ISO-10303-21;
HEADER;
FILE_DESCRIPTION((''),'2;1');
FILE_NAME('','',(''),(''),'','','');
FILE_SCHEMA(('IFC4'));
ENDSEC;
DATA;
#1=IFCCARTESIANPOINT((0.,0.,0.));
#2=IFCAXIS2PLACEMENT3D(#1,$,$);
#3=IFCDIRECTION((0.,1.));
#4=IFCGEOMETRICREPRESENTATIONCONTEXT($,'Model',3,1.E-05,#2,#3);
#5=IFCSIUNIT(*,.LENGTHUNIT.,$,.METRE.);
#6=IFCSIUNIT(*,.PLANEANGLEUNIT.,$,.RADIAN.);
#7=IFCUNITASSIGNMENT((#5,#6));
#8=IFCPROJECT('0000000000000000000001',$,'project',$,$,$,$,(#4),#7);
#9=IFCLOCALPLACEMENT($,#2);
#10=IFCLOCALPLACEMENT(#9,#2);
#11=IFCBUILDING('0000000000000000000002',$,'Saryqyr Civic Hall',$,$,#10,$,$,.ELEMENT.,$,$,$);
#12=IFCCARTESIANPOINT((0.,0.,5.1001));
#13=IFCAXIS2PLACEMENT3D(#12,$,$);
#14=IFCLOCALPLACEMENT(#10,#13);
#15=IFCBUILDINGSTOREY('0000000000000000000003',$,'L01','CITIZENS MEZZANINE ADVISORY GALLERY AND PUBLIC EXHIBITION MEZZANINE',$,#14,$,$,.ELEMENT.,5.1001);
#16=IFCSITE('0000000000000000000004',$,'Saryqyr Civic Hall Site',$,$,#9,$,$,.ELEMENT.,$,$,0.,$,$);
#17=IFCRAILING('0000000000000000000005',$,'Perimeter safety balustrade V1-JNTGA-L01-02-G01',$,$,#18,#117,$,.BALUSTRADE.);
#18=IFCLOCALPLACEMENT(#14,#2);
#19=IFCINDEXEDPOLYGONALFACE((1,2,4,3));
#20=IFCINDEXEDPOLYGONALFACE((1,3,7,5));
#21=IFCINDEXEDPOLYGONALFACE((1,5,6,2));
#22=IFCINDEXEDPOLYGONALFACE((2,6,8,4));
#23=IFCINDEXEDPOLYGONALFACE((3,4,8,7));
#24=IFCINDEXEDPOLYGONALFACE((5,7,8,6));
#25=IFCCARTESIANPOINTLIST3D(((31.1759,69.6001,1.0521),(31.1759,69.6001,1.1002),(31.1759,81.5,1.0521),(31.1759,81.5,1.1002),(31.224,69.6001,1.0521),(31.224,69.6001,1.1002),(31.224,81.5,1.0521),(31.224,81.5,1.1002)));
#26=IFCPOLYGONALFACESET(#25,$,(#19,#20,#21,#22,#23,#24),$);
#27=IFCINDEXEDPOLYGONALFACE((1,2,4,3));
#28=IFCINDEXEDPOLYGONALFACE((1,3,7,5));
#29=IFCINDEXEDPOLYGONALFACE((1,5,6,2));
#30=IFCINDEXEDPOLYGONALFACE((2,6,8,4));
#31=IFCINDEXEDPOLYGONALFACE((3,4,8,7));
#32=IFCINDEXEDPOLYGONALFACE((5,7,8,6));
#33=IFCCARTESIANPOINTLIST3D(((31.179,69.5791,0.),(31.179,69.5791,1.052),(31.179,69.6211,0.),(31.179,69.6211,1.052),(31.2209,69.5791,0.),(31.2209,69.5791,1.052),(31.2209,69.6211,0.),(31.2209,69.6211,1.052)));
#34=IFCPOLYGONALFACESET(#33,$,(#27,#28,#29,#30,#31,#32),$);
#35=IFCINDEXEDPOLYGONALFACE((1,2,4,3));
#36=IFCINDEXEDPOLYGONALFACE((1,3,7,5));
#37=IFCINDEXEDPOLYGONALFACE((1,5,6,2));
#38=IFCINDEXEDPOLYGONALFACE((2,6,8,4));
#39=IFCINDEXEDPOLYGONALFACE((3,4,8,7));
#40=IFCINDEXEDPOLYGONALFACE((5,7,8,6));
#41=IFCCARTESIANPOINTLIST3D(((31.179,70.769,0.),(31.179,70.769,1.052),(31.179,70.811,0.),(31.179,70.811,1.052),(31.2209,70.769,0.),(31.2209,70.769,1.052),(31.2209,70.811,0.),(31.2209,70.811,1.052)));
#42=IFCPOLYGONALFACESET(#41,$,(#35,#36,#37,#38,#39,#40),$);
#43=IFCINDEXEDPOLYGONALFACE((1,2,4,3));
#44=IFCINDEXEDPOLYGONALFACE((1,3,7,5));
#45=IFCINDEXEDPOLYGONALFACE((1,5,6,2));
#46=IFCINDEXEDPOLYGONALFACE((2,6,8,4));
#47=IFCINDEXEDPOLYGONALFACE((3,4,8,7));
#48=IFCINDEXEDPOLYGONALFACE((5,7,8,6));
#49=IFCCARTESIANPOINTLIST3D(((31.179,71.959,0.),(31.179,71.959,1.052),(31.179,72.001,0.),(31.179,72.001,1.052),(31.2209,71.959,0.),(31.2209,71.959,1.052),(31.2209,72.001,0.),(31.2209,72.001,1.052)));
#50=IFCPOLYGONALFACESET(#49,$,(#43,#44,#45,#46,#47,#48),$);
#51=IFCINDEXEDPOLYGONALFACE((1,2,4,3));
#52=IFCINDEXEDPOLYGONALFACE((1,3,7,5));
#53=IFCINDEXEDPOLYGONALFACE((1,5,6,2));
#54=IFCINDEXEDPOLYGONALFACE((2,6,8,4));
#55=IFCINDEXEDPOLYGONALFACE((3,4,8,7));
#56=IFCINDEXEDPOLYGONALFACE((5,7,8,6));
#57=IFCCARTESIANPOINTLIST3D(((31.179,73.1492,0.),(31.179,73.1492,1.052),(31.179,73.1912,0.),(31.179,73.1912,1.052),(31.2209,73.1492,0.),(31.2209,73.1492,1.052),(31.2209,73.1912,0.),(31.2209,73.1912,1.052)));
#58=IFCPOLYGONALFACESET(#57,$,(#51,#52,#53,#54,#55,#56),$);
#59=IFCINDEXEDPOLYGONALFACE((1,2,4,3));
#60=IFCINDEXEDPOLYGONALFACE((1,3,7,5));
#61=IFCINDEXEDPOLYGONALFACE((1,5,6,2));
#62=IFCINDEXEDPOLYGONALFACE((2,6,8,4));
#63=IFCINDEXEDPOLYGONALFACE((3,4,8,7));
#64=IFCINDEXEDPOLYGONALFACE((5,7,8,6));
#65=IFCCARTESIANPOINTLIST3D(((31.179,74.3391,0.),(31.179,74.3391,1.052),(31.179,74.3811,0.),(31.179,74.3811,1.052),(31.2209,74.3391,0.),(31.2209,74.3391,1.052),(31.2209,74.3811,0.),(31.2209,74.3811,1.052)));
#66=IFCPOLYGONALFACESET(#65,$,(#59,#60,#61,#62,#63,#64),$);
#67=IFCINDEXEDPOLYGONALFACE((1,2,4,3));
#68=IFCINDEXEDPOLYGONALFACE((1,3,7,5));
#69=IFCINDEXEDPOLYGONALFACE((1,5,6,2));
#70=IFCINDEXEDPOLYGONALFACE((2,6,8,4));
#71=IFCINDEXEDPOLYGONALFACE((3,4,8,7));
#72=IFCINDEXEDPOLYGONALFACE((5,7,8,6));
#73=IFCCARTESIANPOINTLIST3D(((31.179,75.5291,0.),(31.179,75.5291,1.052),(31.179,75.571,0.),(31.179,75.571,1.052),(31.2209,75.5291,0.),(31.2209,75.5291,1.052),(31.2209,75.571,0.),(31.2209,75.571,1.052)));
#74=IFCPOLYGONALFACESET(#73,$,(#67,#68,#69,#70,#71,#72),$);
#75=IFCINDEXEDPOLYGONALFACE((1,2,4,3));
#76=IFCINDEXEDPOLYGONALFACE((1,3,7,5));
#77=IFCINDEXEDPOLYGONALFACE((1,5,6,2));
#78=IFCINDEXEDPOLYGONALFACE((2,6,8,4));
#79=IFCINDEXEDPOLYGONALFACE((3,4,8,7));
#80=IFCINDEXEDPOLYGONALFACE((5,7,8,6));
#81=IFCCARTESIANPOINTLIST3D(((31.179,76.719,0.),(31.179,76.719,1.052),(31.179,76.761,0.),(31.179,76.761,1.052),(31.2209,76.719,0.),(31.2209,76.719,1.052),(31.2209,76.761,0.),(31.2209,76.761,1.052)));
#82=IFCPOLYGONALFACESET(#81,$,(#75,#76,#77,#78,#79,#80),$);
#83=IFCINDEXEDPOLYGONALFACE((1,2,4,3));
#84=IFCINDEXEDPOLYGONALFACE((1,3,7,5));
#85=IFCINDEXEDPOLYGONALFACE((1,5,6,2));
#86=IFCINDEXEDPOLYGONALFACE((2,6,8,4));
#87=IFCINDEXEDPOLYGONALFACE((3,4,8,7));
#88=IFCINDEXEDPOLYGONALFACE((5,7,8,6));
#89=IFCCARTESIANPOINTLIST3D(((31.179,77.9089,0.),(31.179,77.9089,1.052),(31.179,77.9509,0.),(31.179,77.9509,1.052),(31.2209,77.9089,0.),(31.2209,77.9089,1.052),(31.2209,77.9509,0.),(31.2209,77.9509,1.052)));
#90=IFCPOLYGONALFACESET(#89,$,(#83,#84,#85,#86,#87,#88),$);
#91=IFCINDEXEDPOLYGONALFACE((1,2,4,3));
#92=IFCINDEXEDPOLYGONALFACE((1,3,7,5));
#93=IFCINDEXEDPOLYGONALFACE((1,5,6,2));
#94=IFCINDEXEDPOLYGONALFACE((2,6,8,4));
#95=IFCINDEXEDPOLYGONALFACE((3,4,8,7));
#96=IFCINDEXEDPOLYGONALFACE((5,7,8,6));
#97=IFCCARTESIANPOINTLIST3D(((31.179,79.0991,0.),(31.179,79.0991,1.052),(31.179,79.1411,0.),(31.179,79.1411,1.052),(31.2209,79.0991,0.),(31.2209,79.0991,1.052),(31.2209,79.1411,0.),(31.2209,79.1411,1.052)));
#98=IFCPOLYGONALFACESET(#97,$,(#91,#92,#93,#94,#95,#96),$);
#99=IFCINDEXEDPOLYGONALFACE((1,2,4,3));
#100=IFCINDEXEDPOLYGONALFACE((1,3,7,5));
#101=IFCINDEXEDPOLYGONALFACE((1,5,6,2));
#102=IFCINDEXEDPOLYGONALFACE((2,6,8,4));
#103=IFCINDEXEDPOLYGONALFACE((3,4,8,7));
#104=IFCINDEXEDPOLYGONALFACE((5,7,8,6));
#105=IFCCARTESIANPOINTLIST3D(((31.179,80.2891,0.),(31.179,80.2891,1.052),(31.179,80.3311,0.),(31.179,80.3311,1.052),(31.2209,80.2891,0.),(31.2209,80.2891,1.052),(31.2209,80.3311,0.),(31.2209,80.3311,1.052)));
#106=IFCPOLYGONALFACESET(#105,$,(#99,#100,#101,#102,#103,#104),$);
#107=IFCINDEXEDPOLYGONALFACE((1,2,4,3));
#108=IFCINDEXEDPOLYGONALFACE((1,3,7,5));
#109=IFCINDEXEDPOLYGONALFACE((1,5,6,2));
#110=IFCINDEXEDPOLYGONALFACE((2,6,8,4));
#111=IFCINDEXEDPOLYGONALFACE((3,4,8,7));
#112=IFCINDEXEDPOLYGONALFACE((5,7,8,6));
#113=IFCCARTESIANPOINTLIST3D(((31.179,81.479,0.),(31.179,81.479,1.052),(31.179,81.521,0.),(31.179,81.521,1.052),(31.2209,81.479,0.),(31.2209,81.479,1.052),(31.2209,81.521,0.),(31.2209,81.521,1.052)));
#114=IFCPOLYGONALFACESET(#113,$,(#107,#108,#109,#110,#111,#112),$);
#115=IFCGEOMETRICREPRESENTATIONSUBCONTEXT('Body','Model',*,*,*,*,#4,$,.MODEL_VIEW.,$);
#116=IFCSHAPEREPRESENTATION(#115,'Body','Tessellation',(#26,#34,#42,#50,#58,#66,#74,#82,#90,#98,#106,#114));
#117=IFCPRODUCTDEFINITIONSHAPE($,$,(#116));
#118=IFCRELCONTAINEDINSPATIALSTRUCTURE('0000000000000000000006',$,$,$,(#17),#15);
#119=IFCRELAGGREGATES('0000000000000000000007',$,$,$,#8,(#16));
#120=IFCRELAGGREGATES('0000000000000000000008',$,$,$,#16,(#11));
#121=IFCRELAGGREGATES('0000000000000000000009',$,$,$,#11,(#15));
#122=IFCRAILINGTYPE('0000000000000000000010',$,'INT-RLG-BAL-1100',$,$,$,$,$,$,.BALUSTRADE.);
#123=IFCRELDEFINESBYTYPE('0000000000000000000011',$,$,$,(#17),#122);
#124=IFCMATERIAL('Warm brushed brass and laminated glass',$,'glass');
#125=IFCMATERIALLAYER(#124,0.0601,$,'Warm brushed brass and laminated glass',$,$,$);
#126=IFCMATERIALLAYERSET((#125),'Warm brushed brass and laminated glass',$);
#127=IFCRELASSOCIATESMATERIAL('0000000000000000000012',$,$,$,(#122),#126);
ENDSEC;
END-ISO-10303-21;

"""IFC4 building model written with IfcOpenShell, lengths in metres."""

from ifc_helpers import new_model, si_unit, direction, frame, origin, origin_2d, place, context, subcontext, project, spatial, rectangle, extrude, material, layer, layer_set, type_object, element, save


model = new_model("IFC4")

# Units and contexts
model_context = context("Model", 3, precision=1e-05, world=origin(), true_north=direction((0.0, 1.0)))
body_context = subcontext(model_context, "Body", "Model", "MODEL_VIEW")
ifc_project = project(units=[si_unit("LENGTHUNIT", "METRE"), si_unit("PLANEANGLEUNIT", "RADIAN")], contexts=[model_context])

# Site, building, storey
site_placement = place(None, origin())
site = spatial("IfcSite", under=ifc_project, at=site_placement, Name="Saryqyr Civic Hall Site", CompositionType="ELEMENT", RefElevation=0.0)
building_placement = place(site_placement, origin())
building = spatial("IfcBuilding", under=site, at=building_placement, Name="Saryqyr Civic Hall", CompositionType="ELEMENT")
storey_placement = place(building_placement, frame((0.0, 0.0, 5.1001)))
storey = spatial("IfcBuildingStorey", under=building, at=storey_placement, Name="L01", Description="CITIZENS MEZZANINE ADVISORY GALLERY AND PUBLIC EXHIBITION MEZZANINE", CompositionType="ELEMENT", Elevation=5.1001)

# Railing
ifc_material_1 = material(Name="Warm brushed brass and laminated glass", Category="glass")
ifc_layer_1 = layer(ifc_material_1, 0.0601, Name="Warm brushed brass and laminated glass")
ifc_layer_set_1 = layer_set([ifc_layer_1], Name="Warm brushed brass and laminated glass")
railing_type = type_object("IfcRailingType", Name="INT-RLG-BAL-1100", PredefinedType="BALUSTRADE", material=ifc_layer_set_1)
railing_placement = place(storey_placement, frame((31.2, 69.6001, 0.0)))
element("IfcRailing", 1, at=railing_placement, inside=storey, type_object=railing_type, Name="Perimeter safety balustrade V1-JNTGA-L01-02-G01", PredefinedType="BALUSTRADE", context=body_context, shape_type="SweptSolid", body=[
    extrude(rectangle(XDim=0.0481, YDim=0.0481, at=origin_2d()), frame((0.0, 0.0, 1.0762), z_axis=(0.0, 1.0, 0.0), x_axis=(-1.0, 0.0, 0.0)), (0.0, 0.0, 1.0), 11.8999),
    extrude(rectangle(XDim=0.042, YDim=0.042, at=origin_2d()), origin(), (0.0, 0.0, 1.0), 1.052),
    extrude(rectangle(XDim=0.042, YDim=0.042, at=origin_2d()), frame((0.0, 1.1899, 0.0)), (0.0, 0.0, 1.0), 1.052),
    extrude(rectangle(XDim=0.042, YDim=0.042, at=origin_2d()), frame((0.0, 2.3799, 0.0)), (0.0, 0.0, 1.0), 1.052),
    extrude(rectangle(XDim=0.042, YDim=0.042, at=origin_2d()), frame((0.0, 3.5701, 0.0)), (0.0, 0.0, 1.0), 1.052),
    extrude(rectangle(XDim=0.042, YDim=0.042, at=origin_2d()), frame((0.0, 4.76, 0.0)), (0.0, 0.0, 1.0), 1.052),
    extrude(rectangle(XDim=0.042, YDim=0.042, at=origin_2d()), frame((0.0, 5.95, 0.0)), (0.0, 0.0, 1.0), 1.052),
    extrude(rectangle(XDim=0.042, YDim=0.042, at=origin_2d()), frame((0.0, 7.1399, 0.0)), (0.0, 0.0, 1.0), 1.052),
    extrude(rectangle(XDim=0.042, YDim=0.042, at=origin_2d()), frame((0.0, 8.3298, 0.0)), (0.0, 0.0, 1.0), 1.052),
    extrude(rectangle(XDim=0.042, YDim=0.042, at=origin_2d()), frame((0.0, 9.52, 0.0)), (0.0, 0.0, 1.0), 1.052),
    extrude(rectangle(XDim=0.042, YDim=0.042, at=origin_2d()), frame((0.0, 10.71, 0.0)), (0.0, 0.0, 1.0), 1.052),
    extrude(rectangle(XDim=0.042, YDim=0.042, at=origin_2d()), frame((0.0, 11.8999, 0.0)), (0.0, 0.0, 1.0), 1.052),
])

save(model, "model.ifc")
